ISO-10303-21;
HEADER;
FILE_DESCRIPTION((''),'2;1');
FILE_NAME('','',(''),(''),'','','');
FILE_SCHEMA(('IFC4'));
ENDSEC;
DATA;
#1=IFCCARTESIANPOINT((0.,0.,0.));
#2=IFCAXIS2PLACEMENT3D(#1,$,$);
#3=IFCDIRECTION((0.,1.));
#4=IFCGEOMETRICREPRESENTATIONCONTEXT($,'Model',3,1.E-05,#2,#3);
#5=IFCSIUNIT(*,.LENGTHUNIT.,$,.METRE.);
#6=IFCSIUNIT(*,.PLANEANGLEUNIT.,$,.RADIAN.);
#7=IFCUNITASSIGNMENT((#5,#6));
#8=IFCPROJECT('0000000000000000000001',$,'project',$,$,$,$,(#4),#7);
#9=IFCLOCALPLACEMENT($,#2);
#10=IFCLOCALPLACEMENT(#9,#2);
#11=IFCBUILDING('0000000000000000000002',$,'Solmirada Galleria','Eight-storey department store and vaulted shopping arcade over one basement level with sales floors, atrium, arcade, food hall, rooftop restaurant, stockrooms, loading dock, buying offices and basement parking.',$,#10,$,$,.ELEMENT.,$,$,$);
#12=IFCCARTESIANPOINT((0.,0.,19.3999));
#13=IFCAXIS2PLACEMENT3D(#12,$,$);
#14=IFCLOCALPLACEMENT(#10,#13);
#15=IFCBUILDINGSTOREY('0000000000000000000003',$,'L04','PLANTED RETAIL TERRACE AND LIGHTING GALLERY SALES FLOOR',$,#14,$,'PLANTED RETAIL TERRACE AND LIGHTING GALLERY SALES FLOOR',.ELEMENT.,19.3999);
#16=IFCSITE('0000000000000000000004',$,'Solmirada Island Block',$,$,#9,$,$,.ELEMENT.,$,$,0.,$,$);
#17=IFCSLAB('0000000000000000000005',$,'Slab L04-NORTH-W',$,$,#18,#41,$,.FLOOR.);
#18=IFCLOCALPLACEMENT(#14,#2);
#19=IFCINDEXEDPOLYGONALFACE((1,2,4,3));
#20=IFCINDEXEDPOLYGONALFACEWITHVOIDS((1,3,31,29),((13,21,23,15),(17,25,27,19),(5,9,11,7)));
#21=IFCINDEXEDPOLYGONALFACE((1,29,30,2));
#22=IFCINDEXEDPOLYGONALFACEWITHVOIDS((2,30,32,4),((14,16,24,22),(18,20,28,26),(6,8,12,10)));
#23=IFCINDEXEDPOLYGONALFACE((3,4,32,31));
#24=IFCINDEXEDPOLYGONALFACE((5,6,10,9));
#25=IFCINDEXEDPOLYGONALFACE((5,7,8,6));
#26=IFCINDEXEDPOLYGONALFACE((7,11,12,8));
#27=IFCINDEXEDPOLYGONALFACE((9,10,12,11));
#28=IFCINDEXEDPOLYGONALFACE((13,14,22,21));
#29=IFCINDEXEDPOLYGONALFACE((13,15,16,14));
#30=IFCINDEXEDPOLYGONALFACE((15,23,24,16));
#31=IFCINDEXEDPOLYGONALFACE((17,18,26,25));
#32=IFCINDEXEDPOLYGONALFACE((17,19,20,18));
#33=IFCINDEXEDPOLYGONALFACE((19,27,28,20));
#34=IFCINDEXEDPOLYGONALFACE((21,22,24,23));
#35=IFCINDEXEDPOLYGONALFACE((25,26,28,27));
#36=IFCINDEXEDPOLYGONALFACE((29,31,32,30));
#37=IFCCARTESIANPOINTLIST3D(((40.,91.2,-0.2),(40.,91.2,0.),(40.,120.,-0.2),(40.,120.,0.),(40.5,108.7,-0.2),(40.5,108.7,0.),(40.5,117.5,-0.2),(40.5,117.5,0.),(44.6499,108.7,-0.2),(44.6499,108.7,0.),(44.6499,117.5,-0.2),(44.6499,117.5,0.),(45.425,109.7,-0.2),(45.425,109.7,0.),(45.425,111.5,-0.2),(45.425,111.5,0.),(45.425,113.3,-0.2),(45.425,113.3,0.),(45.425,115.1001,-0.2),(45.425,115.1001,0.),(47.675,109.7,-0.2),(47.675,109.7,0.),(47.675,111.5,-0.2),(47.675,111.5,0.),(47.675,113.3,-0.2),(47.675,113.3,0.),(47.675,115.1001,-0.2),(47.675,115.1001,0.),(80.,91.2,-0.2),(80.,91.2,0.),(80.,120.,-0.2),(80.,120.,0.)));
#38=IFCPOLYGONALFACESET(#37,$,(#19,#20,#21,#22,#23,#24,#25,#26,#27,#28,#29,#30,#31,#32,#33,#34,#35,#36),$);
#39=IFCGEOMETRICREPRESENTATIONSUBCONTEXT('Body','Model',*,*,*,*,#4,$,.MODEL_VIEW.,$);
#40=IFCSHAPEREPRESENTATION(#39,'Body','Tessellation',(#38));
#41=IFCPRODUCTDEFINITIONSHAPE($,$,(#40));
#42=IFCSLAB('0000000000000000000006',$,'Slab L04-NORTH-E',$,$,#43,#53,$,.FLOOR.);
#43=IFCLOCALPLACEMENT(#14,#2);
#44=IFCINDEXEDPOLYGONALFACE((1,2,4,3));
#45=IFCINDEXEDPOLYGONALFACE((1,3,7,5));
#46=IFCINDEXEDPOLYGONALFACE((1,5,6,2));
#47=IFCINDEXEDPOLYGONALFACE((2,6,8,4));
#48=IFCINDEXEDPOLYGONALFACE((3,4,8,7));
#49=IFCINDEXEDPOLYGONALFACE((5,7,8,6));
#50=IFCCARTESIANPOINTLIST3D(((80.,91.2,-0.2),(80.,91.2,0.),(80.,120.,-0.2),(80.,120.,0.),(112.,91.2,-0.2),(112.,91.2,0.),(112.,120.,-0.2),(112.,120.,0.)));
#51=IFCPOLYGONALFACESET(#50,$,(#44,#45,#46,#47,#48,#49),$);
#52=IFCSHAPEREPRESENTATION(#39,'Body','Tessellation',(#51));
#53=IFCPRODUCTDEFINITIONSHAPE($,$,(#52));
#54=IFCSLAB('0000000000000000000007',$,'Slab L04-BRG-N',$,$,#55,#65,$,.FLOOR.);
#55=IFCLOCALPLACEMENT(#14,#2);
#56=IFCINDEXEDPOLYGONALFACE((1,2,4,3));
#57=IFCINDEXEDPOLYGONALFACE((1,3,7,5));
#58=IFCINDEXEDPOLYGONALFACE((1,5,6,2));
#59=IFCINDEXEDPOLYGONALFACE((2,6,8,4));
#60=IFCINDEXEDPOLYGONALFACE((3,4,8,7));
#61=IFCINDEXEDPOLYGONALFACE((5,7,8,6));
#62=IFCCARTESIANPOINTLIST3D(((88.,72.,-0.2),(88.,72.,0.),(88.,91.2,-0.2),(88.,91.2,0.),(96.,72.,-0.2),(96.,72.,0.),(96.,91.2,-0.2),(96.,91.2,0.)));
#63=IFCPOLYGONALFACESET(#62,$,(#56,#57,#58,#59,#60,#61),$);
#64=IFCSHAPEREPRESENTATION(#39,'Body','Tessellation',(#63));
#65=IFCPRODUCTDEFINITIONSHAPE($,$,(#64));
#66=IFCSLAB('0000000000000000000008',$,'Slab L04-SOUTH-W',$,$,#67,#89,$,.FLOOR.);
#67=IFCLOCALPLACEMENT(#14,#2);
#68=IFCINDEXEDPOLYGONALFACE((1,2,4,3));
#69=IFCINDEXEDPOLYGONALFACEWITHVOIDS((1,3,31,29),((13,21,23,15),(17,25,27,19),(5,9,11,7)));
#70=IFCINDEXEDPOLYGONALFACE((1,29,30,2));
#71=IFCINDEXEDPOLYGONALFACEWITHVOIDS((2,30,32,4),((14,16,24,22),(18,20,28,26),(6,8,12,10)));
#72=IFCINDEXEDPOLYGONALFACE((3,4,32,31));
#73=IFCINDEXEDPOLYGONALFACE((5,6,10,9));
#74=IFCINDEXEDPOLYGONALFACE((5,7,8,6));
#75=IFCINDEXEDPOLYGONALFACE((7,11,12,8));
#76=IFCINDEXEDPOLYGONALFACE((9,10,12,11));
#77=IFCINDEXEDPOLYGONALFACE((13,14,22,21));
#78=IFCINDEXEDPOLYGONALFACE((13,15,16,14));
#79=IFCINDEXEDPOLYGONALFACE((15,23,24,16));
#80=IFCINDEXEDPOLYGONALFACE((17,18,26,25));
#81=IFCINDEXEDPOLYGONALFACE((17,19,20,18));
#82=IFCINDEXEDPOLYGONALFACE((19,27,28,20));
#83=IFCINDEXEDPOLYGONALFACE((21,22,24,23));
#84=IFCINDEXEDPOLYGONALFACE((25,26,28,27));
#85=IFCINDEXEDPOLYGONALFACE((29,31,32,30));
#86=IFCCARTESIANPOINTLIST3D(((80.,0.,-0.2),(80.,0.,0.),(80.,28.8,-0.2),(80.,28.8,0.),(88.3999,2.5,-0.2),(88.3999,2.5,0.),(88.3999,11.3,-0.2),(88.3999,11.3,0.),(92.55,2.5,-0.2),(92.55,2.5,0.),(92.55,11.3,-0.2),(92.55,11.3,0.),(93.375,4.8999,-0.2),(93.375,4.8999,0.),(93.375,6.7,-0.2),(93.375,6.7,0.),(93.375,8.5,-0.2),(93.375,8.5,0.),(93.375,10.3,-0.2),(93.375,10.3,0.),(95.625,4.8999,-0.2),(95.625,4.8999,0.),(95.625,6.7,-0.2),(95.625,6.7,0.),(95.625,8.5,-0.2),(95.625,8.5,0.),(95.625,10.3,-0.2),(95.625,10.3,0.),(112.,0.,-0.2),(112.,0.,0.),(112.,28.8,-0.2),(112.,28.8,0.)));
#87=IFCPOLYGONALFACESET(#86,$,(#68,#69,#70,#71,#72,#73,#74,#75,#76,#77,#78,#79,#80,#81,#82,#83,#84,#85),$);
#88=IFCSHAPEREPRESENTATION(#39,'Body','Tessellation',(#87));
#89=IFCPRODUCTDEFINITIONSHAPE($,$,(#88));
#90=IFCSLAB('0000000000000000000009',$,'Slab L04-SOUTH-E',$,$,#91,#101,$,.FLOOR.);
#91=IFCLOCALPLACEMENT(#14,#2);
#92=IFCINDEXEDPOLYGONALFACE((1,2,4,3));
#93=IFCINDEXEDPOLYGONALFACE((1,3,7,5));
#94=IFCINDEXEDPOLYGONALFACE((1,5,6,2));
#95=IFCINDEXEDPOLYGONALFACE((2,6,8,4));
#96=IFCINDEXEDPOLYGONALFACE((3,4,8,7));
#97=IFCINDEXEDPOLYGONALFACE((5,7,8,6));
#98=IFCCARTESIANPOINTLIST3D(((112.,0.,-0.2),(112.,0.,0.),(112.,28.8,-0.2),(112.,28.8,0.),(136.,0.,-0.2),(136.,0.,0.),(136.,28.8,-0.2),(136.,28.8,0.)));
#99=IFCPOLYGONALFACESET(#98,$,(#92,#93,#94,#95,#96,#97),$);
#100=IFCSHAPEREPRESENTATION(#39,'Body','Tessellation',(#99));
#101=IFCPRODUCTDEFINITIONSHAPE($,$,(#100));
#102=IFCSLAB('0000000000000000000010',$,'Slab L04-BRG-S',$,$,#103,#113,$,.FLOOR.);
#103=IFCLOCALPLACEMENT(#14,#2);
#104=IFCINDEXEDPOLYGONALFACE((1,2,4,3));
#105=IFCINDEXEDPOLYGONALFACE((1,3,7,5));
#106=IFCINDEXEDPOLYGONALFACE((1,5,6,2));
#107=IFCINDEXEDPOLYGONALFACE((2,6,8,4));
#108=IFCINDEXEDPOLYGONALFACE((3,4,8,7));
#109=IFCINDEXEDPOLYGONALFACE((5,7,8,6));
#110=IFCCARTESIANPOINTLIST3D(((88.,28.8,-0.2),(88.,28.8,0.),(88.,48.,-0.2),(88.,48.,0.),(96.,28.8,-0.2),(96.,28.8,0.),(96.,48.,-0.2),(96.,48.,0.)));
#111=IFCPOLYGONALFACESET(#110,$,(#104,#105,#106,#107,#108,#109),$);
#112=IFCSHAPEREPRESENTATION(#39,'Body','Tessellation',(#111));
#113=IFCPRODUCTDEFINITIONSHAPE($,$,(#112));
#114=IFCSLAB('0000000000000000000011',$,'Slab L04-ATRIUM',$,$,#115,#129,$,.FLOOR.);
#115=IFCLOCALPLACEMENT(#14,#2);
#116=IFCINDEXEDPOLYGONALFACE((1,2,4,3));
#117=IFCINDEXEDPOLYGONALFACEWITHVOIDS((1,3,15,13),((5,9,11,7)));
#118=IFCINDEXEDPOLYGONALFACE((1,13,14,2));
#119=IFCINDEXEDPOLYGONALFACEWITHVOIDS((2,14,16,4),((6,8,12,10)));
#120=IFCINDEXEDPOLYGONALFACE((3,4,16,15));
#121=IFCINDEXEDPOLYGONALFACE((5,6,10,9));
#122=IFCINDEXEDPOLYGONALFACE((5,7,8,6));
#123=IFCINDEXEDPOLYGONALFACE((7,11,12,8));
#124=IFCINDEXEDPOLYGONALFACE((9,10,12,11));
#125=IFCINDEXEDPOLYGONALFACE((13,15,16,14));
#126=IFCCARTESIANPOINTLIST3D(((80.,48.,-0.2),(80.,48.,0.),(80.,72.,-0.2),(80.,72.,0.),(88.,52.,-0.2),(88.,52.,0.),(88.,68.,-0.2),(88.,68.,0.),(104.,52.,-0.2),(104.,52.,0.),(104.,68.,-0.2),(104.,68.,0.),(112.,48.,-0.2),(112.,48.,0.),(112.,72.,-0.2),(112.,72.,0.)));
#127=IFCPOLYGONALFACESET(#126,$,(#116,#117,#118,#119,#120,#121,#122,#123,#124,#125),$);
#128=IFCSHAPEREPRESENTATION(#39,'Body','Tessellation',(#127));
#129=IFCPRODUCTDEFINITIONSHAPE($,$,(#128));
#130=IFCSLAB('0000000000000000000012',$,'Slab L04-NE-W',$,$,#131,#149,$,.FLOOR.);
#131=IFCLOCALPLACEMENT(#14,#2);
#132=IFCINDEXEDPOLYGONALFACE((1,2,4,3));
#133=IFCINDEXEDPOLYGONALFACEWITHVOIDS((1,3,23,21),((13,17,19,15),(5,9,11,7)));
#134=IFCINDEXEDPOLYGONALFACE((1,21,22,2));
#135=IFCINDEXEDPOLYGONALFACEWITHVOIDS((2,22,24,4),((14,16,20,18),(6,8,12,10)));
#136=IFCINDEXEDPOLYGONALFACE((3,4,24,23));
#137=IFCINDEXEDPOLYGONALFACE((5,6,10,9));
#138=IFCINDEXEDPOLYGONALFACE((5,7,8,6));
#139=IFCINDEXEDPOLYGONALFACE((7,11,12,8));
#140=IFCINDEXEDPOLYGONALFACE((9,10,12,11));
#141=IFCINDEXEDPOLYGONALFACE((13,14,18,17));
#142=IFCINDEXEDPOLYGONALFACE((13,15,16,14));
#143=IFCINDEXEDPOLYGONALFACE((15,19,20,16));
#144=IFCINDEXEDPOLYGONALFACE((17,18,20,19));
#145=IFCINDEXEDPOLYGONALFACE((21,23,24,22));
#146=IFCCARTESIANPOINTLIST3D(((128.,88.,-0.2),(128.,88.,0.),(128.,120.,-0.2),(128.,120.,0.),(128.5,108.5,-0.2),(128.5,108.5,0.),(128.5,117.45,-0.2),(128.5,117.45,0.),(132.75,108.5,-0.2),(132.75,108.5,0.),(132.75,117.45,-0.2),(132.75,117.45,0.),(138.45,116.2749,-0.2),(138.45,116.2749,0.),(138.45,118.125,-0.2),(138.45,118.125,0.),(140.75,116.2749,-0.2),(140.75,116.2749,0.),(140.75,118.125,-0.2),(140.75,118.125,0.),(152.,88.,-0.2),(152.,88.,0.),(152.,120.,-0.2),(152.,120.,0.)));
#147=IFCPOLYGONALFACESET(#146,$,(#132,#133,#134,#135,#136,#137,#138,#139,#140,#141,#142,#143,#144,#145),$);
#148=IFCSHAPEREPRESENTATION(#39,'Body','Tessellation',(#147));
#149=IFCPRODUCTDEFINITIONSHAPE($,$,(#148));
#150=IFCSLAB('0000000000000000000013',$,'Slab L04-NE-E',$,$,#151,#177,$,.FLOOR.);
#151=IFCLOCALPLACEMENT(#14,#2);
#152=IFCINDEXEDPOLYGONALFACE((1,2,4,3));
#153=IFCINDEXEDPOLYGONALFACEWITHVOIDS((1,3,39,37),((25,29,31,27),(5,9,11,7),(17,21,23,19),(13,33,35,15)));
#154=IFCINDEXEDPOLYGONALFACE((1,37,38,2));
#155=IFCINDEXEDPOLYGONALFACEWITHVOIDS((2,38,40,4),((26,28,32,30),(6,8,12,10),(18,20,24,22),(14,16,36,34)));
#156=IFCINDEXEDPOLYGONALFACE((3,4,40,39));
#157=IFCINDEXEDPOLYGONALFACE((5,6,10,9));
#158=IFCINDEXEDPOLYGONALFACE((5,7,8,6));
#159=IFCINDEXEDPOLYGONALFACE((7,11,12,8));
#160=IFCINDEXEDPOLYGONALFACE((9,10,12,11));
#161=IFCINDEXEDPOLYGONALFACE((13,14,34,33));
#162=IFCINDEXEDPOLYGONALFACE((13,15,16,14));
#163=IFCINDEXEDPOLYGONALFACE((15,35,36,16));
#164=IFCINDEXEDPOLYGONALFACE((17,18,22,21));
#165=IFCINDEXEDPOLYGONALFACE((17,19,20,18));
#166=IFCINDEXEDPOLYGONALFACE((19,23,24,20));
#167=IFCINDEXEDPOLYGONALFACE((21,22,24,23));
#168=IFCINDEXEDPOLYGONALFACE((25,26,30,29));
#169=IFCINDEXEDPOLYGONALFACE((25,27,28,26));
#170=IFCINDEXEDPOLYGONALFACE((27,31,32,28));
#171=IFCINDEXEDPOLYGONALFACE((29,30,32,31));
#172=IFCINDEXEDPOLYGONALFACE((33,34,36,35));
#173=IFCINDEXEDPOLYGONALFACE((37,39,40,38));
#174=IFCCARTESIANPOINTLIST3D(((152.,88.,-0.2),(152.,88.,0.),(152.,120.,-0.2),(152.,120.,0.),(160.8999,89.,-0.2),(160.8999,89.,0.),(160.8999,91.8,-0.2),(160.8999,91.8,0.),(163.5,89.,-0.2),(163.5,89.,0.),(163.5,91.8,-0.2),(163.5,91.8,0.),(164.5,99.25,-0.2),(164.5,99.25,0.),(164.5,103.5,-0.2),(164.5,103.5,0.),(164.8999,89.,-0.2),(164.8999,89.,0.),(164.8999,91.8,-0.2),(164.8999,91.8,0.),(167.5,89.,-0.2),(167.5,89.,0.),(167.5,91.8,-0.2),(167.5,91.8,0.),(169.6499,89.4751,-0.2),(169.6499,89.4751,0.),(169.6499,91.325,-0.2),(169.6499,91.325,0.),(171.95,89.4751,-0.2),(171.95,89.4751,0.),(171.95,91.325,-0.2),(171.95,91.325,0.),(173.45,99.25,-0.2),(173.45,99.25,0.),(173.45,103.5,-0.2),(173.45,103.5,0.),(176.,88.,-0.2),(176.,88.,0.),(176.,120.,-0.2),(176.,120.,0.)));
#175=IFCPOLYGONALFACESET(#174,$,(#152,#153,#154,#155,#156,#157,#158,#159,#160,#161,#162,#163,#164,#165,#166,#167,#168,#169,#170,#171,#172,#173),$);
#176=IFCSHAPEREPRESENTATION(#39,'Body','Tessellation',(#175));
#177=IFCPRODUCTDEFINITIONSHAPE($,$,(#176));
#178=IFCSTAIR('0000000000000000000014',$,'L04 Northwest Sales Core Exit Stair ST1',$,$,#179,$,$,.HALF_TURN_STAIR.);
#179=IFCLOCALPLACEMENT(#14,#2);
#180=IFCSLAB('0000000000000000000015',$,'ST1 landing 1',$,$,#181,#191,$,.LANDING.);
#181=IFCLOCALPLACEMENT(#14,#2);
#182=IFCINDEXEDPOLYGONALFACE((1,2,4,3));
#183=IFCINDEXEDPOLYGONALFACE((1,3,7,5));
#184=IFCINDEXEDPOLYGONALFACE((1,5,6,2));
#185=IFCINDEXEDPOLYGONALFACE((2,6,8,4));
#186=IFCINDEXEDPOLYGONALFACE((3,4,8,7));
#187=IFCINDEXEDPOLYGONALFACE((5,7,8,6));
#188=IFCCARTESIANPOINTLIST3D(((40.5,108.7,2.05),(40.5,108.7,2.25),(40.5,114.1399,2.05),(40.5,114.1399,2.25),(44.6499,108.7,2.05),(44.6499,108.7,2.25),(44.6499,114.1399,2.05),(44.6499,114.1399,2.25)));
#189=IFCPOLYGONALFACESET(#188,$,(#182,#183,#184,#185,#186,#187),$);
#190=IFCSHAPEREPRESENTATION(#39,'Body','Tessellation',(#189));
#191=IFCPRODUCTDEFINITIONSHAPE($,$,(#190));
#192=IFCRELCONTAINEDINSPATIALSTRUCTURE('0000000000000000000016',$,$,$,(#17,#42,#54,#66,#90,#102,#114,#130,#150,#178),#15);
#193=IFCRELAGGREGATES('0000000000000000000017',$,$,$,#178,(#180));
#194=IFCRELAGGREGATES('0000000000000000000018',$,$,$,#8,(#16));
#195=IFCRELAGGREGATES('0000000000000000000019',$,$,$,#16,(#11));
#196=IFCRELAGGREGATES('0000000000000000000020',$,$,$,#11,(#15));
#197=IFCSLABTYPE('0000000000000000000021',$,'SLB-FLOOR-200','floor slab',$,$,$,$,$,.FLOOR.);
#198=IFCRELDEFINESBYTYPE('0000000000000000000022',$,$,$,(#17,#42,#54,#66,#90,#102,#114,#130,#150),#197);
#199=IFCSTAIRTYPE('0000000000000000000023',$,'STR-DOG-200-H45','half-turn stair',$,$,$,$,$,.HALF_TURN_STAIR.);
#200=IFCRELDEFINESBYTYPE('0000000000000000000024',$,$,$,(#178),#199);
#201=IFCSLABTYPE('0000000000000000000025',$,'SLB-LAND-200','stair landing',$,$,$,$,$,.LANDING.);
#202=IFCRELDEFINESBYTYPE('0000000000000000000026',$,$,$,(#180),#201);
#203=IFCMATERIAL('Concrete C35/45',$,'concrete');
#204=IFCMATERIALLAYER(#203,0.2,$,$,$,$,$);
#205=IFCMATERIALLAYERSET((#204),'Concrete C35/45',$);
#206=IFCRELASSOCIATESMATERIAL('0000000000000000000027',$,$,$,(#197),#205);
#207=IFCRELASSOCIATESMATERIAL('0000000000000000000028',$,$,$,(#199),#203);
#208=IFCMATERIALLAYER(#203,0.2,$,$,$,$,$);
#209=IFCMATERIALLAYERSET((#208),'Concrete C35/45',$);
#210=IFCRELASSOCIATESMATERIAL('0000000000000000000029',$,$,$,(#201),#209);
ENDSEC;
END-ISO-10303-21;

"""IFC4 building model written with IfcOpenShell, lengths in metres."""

from ifc_helpers import new_model, si_unit, direction, frame, origin, place, context, subcontext, project, spatial, polyline, outline, extrude, material, layer, layer_set, type_object, element, aggregate, save


model = new_model("IFC4")

# Units and contexts
model_context = context("Model", 3, precision=1e-05, world=origin(), true_north=direction((0.0, 1.0)))
body_context = subcontext(model_context, "Body", "Model", "MODEL_VIEW")
ifc_project = project(units=[si_unit("LENGTHUNIT", "METRE"), si_unit("PLANEANGLEUNIT", "RADIAN")], contexts=[model_context])

# Site, building, storey
site_placement = place(None, origin())
site = spatial("IfcSite", under=ifc_project, at=site_placement, Name="Solmirada Island Block", CompositionType="ELEMENT", RefElevation=0.0)
building_placement = place(site_placement, origin())
building = spatial("IfcBuilding", under=site, at=building_placement, Name="Solmirada Galleria", Description="Eight-storey department store and vaulted shopping arcade over one basement level with sales floors, atrium, arcade, food hall, rooftop restaurant, stockrooms, loading dock, buying offices and basement parking.", CompositionType="ELEMENT")
storey_placement = place(building_placement, frame((0.0, 0.0, 19.3999)))
storey = spatial("IfcBuildingStorey", under=building, at=storey_placement, Name="L04", Description="PLANTED RETAIL TERRACE AND LIGHTING GALLERY SALES FLOOR", LongName="PLANTED RETAIL TERRACE AND LIGHTING GALLERY SALES FLOOR", CompositionType="ELEMENT", Elevation=19.3999)

# Slabs
ifc_material_1 = material(Name="Concrete C35/45", Category="concrete")
ifc_layer_1 = layer(ifc_material_1, 0.2)
ifc_layer_set_1 = layer_set([ifc_layer_1], Name="Concrete C35/45")
slab_type_1 = type_object("IfcSlabType", Name="SLB-FLOOR-200", Description="floor slab", PredefinedType="FLOOR", material=ifc_layer_set_1)
slab_1_placement = place(storey_placement, frame((0.0, 0.0, -0.2)))
element("IfcSlab", 1, at=slab_1_placement, inside=storey, type_object=slab_type_1, Name="Slab L04-NORTH-W", PredefinedType="FLOOR", context=body_context, shape_type="SweptSolid", body=[
    extrude(outline(polyline([(40.0, 91.2), (80.0, 91.2), (80.0, 120.0), (40.0, 120.0), (40.0, 91.2)]), holes=[polyline([(40.5, 108.7), (44.6499, 108.7), (44.6499, 117.5), (40.5, 117.5), (40.5, 108.7)]), polyline([(45.425, 113.3), (47.675, 113.3), (47.675, 115.1001), (45.425, 115.1001), (45.425, 113.3)]), polyline([(45.425, 109.7), (47.675, 109.7), (47.675, 111.5), (45.425, 111.5), (45.425, 109.7)])]), origin(), (0.0, 0.0, 1.0), 0.2),
])
slab_2_placement = place(storey_placement, frame((0.0, 0.0, -0.2)))
element("IfcSlab", 2, at=slab_2_placement, inside=storey, type_object=slab_type_1, Name="Slab L04-NORTH-E", PredefinedType="FLOOR", context=body_context, shape_type="SweptSolid", body=[
    extrude(outline(polyline([(80.0, 91.2), (112.0, 91.2), (112.0, 120.0), (80.0, 120.0), (80.0, 91.2)])), origin(), (0.0, 0.0, 1.0), 0.2),
])
slab_3_placement = place(storey_placement, frame((0.0, 0.0, -0.2)))
element("IfcSlab", 3, at=slab_3_placement, inside=storey, type_object=slab_type_1, Name="Slab L04-BRG-N", PredefinedType="FLOOR", context=body_context, shape_type="SweptSolid", body=[
    extrude(outline(polyline([(88.0, 72.0), (96.0, 72.0), (96.0, 91.2), (88.0, 91.2), (88.0, 72.0)])), origin(), (0.0, 0.0, 1.0), 0.2),
])
slab_4_placement = place(storey_placement, frame((0.0, 0.0, -0.2)))
element("IfcSlab", 4, at=slab_4_placement, inside=storey, type_object=slab_type_1, Name="Slab L04-SOUTH-W", PredefinedType="FLOOR", context=body_context, shape_type="SweptSolid", body=[
    extrude(outline(polyline([(80.0, 0.0), (112.0, 0.0), (112.0, 28.8), (80.0, 28.8), (80.0, 0.0)]), holes=[polyline([(88.3999, 2.5), (92.55, 2.5), (92.55, 11.3), (88.3999, 11.3), (88.3999, 2.5)]), polyline([(93.375, 4.8999), (95.625, 4.8999), (95.625, 6.7), (93.375, 6.7), (93.375, 4.8999)]), polyline([(93.375, 8.5), (95.625, 8.5), (95.625, 10.3), (93.375, 10.3), (93.375, 8.5)])]), origin(), (0.0, 0.0, 1.0), 0.2),
])
slab_5_placement = place(storey_placement, frame((0.0, 0.0, -0.2)))
element("IfcSlab", 5, at=slab_5_placement, inside=storey, type_object=slab_type_1, Name="Slab L04-SOUTH-E", PredefinedType="FLOOR", context=body_context, shape_type="SweptSolid", body=[
    extrude(outline(polyline([(112.0, 0.0), (136.0, 0.0), (136.0, 28.8), (112.0, 28.8), (112.0, 0.0)])), origin(), (0.0, 0.0, 1.0), 0.2),
])
slab_6_placement = place(storey_placement, frame((0.0, 0.0, -0.2)))
element("IfcSlab", 6, at=slab_6_placement, inside=storey, type_object=slab_type_1, Name="Slab L04-BRG-S", PredefinedType="FLOOR", context=body_context, shape_type="SweptSolid", body=[
    extrude(outline(polyline([(88.0, 28.8), (96.0, 28.8), (96.0, 48.0), (88.0, 48.0), (88.0, 28.8)])), origin(), (0.0, 0.0, 1.0), 0.2),
])
slab_7_placement = place(storey_placement, frame((0.0, 0.0, -0.2)))
element("IfcSlab", 7, at=slab_7_placement, inside=storey, type_object=slab_type_1, Name="Slab L04-ATRIUM", PredefinedType="FLOOR", context=body_context, shape_type="SweptSolid", body=[
    extrude(outline(polyline([(80.0, 48.0), (112.0, 48.0), (112.0, 72.0), (80.0, 72.0), (80.0, 48.0)]), holes=[polyline([(88.0, 52.0), (104.0, 52.0), (104.0, 68.0), (88.0, 68.0), (88.0, 52.0)])]), origin(), (0.0, 0.0, 1.0), 0.2),
])
slab_8_placement = place(storey_placement, frame((0.0, 0.0, -0.2)))
element("IfcSlab", 8, at=slab_8_placement, inside=storey, type_object=slab_type_1, Name="Slab L04-NE-W", PredefinedType="FLOOR", context=body_context, shape_type="SweptSolid", body=[
    extrude(outline(polyline([(128.0, 88.0), (152.0, 88.0), (152.0, 120.0), (128.0, 120.0), (128.0, 88.0)]), holes=[polyline([(128.5, 108.5), (132.75, 108.5), (132.75, 117.45), (128.5, 117.45), (128.5, 108.5)]), polyline([(138.45, 116.2749), (140.75, 116.2749), (140.75, 118.125), (138.45, 118.125), (138.45, 116.2749)])]), origin(), (0.0, 0.0, 1.0), 0.2),
])
slab_9_placement = place(storey_placement, frame((0.0, 0.0, -0.2)))
element("IfcSlab", 9, at=slab_9_placement, inside=storey, type_object=slab_type_1, Name="Slab L04-NE-E", PredefinedType="FLOOR", context=body_context, shape_type="SweptSolid", body=[
    extrude(outline(polyline([(152.0, 88.0), (176.0, 88.0), (176.0, 120.0), (152.0, 120.0), (152.0, 88.0)]), holes=[polyline([(164.5, 99.25), (173.45, 99.25), (173.45, 103.5), (164.5, 103.5), (164.5, 99.25)]), polyline([(169.6499, 89.4751), (171.95, 89.4751), (171.95, 91.325), (169.6499, 91.325), (169.6499, 89.4751)]), polyline([(164.8999, 89.0), (167.5, 89.0), (167.5, 91.8), (164.8999, 91.8), (164.8999, 89.0)]), polyline([(160.8999, 89.0), (163.5, 89.0), (163.5, 91.8), (160.8999, 91.8), (160.8999, 89.0)])]), origin(), (0.0, 0.0, 1.0), 0.2),
])

# Stair, slab
stair_type_1 = type_object("IfcStairType", Name="STR-DOG-200-H45", Description="half-turn stair", PredefinedType="HALF_TURN_STAIR", material=ifc_material_1)
stair_1_placement = place(storey_placement, origin())
stair_1 = element("IfcStair", 10, at=stair_1_placement, inside=storey, type_object=stair_type_1, Name="L04 Northwest Sales Core Exit Stair ST1", PredefinedType="HALF_TURN_STAIR")
ifc_layer_2 = layer(ifc_material_1, 0.2)
ifc_layer_set_2 = layer_set([ifc_layer_2], Name="Concrete C35/45")
slab_type_2 = type_object("IfcSlabType", Name="SLB-LAND-200", Description="stair landing", PredefinedType="LANDING", material=ifc_layer_set_2)
slab_10_placement = place(storey_placement, frame((0.0, 0.0, 2.05)))
slab_10 = element("IfcSlab", 11, at=slab_10_placement, type_object=slab_type_2, Name="ST1 landing 1", PredefinedType="LANDING", context=body_context, shape_type="SweptSolid", body=[
    extrude(outline(polyline([(40.5, 114.1399), (40.5, 108.7), (44.6499, 108.7), (44.6499, 114.1399), (40.5, 114.1399)])), origin(), (0.0, 0.0, 1.0), 0.2),
])
aggregate(stair_1, [slab_10])

save(model, "model.ifc")
